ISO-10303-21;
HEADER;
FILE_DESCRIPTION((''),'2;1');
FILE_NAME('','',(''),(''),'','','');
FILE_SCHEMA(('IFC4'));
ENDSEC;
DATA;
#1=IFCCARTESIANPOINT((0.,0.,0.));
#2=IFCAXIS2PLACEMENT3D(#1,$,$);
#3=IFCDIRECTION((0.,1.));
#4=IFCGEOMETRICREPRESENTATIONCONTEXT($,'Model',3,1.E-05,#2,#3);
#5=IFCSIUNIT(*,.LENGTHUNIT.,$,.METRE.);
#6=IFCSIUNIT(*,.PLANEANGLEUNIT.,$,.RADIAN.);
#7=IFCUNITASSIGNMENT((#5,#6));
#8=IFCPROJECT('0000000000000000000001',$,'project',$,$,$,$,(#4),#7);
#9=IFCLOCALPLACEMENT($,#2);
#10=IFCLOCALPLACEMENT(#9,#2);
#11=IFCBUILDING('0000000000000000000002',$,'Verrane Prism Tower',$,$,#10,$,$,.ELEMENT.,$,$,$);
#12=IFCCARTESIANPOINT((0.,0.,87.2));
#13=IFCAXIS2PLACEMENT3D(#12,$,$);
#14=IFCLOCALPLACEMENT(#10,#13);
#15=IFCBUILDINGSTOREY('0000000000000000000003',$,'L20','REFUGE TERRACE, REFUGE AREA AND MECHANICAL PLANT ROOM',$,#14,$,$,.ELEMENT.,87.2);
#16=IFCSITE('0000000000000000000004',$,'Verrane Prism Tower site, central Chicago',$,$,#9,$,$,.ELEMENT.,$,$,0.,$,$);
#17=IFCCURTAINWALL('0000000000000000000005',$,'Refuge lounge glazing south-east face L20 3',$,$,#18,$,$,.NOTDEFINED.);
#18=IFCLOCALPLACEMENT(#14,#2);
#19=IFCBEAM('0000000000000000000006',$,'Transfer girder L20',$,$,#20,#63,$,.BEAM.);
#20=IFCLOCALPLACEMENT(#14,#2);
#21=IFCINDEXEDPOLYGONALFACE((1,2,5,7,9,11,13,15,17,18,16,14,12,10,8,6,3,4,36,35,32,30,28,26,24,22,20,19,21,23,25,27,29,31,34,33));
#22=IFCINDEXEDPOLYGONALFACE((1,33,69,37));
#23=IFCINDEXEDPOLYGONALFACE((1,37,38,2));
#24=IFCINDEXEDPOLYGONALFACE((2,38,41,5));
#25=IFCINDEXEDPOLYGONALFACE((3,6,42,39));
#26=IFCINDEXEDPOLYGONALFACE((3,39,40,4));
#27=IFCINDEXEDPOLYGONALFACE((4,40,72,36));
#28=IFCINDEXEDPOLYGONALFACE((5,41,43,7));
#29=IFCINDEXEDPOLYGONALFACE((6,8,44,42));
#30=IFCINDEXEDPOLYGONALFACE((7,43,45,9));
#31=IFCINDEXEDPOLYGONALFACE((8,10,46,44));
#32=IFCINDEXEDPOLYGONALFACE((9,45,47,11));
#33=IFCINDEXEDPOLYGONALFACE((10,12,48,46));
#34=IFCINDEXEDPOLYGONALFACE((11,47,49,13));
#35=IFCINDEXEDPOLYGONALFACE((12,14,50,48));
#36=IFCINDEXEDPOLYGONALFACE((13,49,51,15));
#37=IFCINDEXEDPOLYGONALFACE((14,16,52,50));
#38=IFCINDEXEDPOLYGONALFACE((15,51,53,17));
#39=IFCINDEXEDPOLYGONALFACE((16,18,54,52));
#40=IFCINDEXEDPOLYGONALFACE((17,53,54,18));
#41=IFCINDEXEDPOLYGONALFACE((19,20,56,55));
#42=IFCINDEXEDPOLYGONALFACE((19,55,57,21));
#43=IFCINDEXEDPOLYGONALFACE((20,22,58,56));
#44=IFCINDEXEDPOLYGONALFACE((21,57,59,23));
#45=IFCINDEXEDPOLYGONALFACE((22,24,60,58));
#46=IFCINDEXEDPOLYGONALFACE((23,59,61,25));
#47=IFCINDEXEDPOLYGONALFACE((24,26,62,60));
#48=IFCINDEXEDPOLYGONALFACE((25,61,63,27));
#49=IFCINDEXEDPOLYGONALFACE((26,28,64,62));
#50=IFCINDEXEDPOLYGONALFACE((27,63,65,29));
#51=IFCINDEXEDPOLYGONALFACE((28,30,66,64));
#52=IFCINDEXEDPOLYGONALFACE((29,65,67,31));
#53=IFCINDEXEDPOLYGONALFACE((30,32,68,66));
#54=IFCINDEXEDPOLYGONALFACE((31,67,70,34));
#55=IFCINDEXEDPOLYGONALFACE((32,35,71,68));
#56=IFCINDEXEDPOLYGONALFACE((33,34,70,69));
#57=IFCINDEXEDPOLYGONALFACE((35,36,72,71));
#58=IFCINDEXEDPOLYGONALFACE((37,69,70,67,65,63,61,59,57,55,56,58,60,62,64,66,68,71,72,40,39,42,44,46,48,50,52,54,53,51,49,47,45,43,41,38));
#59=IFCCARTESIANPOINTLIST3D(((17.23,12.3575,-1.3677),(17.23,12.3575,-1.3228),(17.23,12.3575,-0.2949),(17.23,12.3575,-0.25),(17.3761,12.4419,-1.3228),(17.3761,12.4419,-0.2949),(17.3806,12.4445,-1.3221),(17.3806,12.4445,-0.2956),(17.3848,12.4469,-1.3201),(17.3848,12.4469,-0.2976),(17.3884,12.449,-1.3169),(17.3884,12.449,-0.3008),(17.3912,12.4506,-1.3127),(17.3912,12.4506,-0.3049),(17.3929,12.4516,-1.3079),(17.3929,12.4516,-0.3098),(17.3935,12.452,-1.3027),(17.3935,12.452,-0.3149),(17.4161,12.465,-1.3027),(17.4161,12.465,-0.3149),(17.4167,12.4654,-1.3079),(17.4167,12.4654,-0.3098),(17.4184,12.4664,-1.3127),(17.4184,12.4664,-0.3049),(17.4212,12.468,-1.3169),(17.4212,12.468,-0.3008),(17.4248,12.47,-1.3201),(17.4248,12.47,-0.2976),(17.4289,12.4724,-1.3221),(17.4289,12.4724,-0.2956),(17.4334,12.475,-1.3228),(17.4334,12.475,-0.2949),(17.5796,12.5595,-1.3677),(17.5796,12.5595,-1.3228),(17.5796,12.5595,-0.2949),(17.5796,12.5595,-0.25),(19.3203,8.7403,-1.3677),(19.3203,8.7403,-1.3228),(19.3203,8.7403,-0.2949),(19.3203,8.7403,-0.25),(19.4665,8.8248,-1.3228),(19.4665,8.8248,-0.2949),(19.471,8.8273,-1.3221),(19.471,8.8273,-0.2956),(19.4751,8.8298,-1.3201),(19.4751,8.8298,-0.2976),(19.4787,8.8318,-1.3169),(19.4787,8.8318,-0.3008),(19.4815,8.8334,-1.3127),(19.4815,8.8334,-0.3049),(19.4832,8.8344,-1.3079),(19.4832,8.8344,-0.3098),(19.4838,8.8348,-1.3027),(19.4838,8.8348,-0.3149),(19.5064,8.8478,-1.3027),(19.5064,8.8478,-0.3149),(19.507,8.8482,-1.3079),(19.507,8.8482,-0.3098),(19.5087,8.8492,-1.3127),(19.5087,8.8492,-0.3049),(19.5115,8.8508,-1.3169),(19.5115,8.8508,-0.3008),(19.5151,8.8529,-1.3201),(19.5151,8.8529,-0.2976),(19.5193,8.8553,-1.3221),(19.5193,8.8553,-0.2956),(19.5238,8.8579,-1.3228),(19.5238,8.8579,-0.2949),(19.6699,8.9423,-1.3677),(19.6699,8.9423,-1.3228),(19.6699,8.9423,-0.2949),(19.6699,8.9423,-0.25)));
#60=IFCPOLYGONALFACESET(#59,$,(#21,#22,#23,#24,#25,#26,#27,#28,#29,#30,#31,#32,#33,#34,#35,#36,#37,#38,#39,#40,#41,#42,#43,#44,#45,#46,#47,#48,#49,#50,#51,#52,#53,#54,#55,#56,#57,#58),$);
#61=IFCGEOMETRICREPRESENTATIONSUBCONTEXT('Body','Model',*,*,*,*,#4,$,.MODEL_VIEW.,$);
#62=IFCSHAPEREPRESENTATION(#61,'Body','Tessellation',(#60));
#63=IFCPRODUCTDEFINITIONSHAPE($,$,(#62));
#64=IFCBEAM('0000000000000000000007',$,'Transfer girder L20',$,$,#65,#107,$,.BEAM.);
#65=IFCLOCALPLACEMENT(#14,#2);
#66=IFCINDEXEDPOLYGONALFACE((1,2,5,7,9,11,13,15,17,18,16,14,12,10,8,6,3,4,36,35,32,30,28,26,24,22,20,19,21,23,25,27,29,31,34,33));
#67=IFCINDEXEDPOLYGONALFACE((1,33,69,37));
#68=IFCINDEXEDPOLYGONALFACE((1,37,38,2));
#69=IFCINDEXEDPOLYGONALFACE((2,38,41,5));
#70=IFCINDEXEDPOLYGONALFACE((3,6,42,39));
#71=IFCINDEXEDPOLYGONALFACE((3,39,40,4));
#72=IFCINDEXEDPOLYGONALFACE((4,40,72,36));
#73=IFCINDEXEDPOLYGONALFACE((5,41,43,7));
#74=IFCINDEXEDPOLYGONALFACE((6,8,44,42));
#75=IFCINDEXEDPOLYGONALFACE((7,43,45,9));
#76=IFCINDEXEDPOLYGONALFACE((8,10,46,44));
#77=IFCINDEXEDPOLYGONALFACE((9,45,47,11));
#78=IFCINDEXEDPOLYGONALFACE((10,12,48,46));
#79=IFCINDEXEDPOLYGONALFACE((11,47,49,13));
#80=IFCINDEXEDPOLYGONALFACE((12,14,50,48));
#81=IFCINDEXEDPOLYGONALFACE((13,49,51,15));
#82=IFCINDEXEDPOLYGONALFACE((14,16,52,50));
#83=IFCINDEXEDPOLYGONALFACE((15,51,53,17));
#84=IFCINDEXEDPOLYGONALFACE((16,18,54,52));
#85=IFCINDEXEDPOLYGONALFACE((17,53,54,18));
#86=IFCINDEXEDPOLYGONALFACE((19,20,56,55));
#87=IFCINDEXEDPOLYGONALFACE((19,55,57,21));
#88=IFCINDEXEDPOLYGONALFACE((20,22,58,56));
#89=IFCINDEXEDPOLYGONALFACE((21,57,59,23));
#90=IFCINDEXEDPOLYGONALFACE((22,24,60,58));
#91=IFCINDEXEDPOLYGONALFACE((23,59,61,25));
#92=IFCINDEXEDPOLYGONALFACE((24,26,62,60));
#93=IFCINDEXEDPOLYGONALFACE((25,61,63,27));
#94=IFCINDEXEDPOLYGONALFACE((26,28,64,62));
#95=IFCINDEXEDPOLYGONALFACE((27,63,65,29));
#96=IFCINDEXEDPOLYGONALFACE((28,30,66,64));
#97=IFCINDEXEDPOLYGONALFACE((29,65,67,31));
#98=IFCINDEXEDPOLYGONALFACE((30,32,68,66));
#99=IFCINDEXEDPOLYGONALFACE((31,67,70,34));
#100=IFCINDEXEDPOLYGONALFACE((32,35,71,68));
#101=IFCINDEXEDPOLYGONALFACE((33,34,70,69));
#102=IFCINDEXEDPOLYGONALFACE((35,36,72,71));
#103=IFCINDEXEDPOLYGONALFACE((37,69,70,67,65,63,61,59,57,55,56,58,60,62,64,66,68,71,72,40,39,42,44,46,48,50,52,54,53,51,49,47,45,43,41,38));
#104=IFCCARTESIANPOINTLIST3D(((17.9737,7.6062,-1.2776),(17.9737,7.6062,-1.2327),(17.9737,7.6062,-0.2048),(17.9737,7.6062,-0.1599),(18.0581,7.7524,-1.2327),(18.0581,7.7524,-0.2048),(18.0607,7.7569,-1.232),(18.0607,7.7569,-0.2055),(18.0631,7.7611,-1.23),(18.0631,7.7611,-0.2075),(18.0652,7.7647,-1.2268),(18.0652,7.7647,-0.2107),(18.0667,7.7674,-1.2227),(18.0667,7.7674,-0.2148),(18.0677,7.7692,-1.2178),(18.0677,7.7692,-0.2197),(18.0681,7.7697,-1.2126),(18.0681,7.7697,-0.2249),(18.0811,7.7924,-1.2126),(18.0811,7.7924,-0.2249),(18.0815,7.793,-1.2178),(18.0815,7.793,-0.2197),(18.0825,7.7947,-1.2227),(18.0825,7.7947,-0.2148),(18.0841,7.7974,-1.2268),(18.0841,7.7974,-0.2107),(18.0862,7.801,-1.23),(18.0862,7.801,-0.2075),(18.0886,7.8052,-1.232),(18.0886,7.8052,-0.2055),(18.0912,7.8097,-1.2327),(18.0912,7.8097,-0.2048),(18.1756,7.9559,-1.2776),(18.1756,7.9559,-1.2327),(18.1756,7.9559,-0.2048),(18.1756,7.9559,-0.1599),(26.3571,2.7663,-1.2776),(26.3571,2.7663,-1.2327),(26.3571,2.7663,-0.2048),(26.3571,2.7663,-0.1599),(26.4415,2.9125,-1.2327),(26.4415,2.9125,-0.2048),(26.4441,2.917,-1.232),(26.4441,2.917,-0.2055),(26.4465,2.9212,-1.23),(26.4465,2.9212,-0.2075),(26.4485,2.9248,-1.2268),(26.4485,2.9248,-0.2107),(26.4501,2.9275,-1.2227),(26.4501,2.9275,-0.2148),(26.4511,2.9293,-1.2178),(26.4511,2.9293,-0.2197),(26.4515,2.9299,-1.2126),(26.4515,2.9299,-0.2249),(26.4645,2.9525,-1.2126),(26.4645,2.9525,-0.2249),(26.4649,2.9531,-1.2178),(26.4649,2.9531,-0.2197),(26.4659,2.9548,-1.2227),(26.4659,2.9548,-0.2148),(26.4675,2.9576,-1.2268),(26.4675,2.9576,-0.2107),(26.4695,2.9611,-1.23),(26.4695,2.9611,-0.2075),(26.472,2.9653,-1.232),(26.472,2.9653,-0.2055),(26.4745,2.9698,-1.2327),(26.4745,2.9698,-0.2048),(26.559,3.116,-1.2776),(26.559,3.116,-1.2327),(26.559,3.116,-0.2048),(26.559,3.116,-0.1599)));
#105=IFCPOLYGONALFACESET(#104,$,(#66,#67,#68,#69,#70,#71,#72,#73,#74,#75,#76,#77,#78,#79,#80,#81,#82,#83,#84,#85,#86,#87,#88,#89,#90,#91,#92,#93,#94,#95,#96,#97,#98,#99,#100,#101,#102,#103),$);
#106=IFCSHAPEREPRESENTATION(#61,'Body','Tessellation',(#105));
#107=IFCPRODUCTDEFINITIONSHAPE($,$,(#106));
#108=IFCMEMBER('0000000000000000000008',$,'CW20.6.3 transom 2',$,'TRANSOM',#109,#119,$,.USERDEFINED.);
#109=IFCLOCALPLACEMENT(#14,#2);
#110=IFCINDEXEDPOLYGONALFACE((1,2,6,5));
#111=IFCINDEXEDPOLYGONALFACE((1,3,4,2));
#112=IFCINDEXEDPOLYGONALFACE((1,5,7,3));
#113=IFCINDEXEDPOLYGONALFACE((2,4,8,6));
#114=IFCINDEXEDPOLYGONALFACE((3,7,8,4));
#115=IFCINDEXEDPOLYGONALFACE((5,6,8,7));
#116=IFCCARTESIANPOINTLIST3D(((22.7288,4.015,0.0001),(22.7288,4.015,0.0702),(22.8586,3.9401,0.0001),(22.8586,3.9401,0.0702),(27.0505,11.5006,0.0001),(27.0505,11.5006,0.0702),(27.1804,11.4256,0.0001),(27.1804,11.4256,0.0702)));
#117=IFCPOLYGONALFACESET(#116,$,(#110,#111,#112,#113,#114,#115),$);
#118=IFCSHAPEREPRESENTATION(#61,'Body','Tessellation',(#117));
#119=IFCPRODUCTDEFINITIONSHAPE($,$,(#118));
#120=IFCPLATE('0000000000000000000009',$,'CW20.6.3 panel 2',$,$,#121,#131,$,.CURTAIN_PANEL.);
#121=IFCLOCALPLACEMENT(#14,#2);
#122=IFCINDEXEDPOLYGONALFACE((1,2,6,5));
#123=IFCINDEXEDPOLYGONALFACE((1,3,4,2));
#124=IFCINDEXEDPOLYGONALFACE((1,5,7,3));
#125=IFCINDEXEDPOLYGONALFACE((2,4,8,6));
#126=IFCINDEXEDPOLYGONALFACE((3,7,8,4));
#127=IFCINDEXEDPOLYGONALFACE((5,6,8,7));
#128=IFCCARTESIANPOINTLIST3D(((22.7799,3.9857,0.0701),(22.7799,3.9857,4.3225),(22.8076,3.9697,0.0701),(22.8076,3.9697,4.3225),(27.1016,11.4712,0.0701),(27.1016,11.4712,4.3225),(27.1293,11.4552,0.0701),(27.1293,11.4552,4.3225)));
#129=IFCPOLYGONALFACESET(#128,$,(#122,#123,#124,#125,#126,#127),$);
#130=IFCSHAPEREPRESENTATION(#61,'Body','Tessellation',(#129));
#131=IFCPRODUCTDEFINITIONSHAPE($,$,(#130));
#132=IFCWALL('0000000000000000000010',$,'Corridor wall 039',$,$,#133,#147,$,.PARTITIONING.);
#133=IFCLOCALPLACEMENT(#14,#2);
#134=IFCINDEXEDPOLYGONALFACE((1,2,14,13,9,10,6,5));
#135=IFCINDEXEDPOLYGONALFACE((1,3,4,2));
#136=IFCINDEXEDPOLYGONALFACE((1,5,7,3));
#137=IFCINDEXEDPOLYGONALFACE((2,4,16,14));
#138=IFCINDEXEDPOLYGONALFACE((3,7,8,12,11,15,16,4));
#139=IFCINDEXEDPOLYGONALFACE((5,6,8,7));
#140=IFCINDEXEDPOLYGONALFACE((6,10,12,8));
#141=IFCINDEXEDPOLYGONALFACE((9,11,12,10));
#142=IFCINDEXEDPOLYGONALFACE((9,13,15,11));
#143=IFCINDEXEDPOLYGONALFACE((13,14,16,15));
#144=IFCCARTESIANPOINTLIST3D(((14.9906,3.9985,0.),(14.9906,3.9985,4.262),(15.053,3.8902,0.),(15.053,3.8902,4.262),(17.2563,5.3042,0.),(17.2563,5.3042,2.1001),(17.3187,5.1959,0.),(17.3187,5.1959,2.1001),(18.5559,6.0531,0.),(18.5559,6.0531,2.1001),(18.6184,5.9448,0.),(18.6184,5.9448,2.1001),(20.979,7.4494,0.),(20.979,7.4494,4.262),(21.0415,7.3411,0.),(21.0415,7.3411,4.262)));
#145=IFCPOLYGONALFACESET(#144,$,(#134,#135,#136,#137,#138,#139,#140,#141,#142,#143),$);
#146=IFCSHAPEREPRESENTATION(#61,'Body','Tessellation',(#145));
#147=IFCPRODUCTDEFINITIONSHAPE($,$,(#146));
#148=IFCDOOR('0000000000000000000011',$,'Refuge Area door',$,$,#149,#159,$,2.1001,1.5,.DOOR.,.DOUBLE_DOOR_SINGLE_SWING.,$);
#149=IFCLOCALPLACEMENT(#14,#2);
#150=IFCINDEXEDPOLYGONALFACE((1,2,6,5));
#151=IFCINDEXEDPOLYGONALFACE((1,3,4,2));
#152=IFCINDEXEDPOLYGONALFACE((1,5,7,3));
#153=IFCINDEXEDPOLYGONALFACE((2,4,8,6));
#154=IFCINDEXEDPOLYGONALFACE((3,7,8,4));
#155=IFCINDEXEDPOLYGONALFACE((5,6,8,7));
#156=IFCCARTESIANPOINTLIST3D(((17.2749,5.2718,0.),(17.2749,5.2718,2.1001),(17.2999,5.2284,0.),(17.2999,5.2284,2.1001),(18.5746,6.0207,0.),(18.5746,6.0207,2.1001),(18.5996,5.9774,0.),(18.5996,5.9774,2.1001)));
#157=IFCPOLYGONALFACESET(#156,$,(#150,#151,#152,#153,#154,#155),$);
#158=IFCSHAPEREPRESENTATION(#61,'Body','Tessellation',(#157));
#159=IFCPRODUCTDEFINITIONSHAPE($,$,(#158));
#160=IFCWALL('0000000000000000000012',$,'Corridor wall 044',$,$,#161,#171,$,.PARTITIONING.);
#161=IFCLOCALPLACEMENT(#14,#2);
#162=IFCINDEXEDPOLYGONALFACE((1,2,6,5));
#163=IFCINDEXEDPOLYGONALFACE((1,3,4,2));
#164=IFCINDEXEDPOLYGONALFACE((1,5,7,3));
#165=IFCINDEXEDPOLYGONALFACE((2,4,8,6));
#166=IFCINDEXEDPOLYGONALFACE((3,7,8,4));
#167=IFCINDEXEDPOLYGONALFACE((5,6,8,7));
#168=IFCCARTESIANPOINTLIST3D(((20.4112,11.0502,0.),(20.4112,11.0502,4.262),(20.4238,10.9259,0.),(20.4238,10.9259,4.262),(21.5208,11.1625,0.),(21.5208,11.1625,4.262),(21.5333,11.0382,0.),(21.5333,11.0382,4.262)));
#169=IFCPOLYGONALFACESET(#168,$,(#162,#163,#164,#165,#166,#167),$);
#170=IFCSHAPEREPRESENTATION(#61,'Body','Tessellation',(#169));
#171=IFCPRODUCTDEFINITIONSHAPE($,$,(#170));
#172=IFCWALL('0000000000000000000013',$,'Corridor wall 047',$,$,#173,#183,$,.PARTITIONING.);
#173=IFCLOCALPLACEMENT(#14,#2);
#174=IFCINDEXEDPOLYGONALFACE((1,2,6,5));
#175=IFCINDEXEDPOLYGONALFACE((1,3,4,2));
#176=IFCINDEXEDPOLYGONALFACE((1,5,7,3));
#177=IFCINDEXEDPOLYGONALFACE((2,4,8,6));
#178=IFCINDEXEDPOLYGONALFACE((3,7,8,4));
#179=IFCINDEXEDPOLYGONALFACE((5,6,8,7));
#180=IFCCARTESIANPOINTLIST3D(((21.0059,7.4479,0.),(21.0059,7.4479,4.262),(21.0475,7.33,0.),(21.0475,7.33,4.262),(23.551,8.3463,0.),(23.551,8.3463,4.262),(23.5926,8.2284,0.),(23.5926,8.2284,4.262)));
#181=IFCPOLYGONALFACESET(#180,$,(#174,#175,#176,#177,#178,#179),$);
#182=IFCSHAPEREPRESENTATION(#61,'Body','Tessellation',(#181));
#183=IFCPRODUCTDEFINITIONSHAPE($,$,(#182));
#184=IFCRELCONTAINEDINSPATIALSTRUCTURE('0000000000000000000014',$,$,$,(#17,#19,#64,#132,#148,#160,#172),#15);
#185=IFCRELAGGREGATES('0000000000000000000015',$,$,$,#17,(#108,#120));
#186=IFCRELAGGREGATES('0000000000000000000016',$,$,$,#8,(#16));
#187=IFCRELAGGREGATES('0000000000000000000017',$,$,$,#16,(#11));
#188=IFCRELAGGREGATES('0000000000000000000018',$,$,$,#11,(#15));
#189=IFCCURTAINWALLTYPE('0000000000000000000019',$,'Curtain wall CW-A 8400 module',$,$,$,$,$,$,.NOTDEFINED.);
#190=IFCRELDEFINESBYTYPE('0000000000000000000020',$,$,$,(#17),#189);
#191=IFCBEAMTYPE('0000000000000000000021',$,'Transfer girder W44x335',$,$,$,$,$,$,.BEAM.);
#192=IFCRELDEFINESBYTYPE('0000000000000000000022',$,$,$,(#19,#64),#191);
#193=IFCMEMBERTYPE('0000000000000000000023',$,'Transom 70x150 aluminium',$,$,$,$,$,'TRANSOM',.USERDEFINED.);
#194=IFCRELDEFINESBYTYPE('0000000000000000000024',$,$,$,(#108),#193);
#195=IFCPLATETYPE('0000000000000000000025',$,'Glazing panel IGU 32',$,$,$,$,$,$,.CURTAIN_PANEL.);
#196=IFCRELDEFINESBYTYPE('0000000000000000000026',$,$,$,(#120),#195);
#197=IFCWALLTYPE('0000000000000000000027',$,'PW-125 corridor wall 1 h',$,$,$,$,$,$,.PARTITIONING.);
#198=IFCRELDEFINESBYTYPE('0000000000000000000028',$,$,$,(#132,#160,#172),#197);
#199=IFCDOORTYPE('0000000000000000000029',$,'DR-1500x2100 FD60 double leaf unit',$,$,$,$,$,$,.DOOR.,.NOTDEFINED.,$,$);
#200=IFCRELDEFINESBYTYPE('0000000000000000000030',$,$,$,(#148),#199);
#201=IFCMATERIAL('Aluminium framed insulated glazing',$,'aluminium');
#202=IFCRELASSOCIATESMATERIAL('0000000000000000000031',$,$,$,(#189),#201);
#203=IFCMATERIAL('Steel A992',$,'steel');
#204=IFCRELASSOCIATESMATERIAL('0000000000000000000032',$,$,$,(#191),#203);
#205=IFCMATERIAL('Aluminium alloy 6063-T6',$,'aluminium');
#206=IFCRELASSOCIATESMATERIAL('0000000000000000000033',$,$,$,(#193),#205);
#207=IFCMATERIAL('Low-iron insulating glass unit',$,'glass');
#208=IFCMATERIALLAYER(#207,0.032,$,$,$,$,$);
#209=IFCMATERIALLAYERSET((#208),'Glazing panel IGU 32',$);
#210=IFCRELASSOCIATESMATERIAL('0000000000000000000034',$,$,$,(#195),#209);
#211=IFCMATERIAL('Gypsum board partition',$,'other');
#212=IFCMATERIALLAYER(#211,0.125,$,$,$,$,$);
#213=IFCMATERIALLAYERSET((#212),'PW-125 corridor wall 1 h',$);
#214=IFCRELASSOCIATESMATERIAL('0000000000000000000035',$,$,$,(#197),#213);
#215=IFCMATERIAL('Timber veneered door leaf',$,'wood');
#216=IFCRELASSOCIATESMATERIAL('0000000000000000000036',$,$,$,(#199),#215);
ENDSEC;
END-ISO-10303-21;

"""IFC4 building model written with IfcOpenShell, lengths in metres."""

from ifc_helpers import new_model, si_unit, direction, frame, frame_2d, origin, origin_2d, place, context, subcontext, project, spatial, rectangle, i_section, extrude, material, layer, layer_set, material_profile, profile_set, type_object, element, fill, aggregate, save


model = new_model("IFC4")

# Units and contexts
model_context = context("Model", 3, precision=1e-05, world=origin(), true_north=direction((0.0, 1.0)))
body_context = subcontext(model_context, "Body", "Model", "MODEL_VIEW")
ifc_project = project(units=[si_unit("LENGTHUNIT", "METRE"), si_unit("PLANEANGLEUNIT", "RADIAN")], contexts=[model_context])

# Site, building, storey
site_placement = place(None, origin())
site = spatial("IfcSite", under=ifc_project, at=site_placement, Name="Verrane Prism Tower site, central Chicago", CompositionType="ELEMENT", RefElevation=0.0)
building_placement = place(site_placement, origin())
building = spatial("IfcBuilding", under=site, at=building_placement, Name="Verrane Prism Tower", CompositionType="ELEMENT")
storey_placement = place(building_placement, frame((0.0, 0.0, 87.2)))
storey = spatial("IfcBuildingStorey", under=building, at=storey_placement, Name="L20", Description="REFUGE TERRACE, REFUGE AREA AND MECHANICAL PLANT ROOM", CompositionType="ELEMENT", Elevation=87.2)

# Curtain wall
ifc_material_1 = material(Name="Aluminium framed insulated glazing", Category="aluminium")
curtain_wall_type = type_object("IfcCurtainWallType", Name="Curtain wall CW-A 8400 module", PredefinedType="NOTDEFINED", material=ifc_material_1)
curtain_wall_placement = place(storey_placement, origin())
curtain_wall = element("IfcCurtainWall", 1, at=curtain_wall_placement, inside=storey, type_object=curtain_wall_type, Name="Refuge lounge glazing south-east face L20 3", PredefinedType="NOTDEFINED")

# Beams
ifc_material_2 = material(Name="Steel A992", Category="steel")
ifc_material_profile_1 = material_profile(ifc_material_2, i_section(OverallWidth=0.4038, OverallDepth=1.1177, WebThickness=0.0261, FlangeThickness=0.0449, FilletRadius=0.02, at=origin_2d()), Name="W44x335")
ifc_profile_set_1 = profile_set([ifc_material_profile_1], Name="Steel A992")
beam_type_1 = type_object("IfcBeamType", Name="Transfer girder W44x335", PredefinedType="BEAM", material=ifc_profile_set_1)
beam_1_placement = place(storey_placement, frame((19.4951, 8.8413, -0.8088), z_axis=(-0.50035, 0.865823, 0.0), x_axis=(-0.865823, -0.50035, 0.0)))
element("IfcBeam", 2, at=beam_1_placement, inside=storey, type_object=beam_type_1, Name="Transfer girder L20", PredefinedType="BEAM", context=body_context, shape_type="SweptSolid", body=[
    extrude(i_section(OverallWidth=0.4038, OverallDepth=1.1177, WebThickness=0.0261, FlangeThickness=0.0449, FilletRadius=0.02, at=origin_2d()), origin(), (0.0, 0.0, 1.0), 4.1777),
])
beam_2_placement = place(storey_placement, frame((26.458, 2.9412, -0.7188), z_axis=(-0.866037, 0.49998, 0.0), x_axis=(-0.49998, -0.866037, 0.0)))
element("IfcBeam", 3, at=beam_2_placement, inside=storey, type_object=beam_type_1, Name="Transfer girder L20", PredefinedType="BEAM", context=body_context, shape_type="SweptSolid", body=[
    extrude(i_section(OverallWidth=0.4038, OverallDepth=1.1177, WebThickness=0.0261, FlangeThickness=0.0449, FilletRadius=0.02, at=origin_2d()), origin(), (0.0, 0.0, 1.0), 9.6802),
])

# Member
ifc_material_3 = material(Name="Aluminium alloy 6063-T6", Category="aluminium")
ifc_material_profile_2 = material_profile(ifc_material_3, rectangle(XDim=0.1499, YDim=0.0701, at=origin_2d()), Name="Transom 70x150 aluminium")
ifc_profile_set_2 = profile_set([ifc_material_profile_2], Name="Aluminium alloy 6063-T6")
member_type_1 = type_object("IfcMemberType", Name="Transom 70x150 aluminium", ElementType="TRANSOM", PredefinedType="USERDEFINED", material=ifc_profile_set_2)
member_1_placement = place(storey_placement, frame((22.7937, 3.9775, 0.0352), z_axis=(0.499997, 0.866027, 0.0), x_axis=(-0.866027, 0.499997, 0.0)))
member_1 = element("IfcMember", 4, at=member_1_placement, type_object=member_type_1, Name="CW20.6.3 transom 2", ObjectType="TRANSOM", PredefinedType="USERDEFINED", context=body_context, shape_type="SweptSolid", body=[
    extrude(rectangle(XDim=0.1499, YDim=0.0701, at=origin_2d()), origin(), (0.0, 0.0, 1.0), 8.6436),
])

# Plate
ifc_material_4 = material(Name="Low-iron insulating glass unit", Category="glass")
ifc_layer_1 = layer(ifc_material_4, 0.032)
ifc_layer_set_1 = layer_set([ifc_layer_1], Name="Glazing panel IGU 32")
plate_type = type_object("IfcPlateType", Name="Glazing panel IGU 32", PredefinedType="CURTAIN_PANEL", material=ifc_layer_set_1)
plate_placement = place(storey_placement, frame((24.9546, 7.7205, 0.0701), z_axis=(0.0, 0.0, 1.0), x_axis=(0.499998, 0.866027, 0.0)))
plate = element("IfcPlate", 5, at=plate_placement, type_object=plate_type, Name="CW20.6.3 panel 2", PredefinedType="CURTAIN_PANEL", context=body_context, shape_type="SweptSolid", body=[
    extrude(rectangle(XDim=8.6436, YDim=0.032, at=origin_2d()), origin(), (0.0, 0.0, 1.0), 4.2524),
])
aggregate(curtain_wall, [member_1, plate])

# Wall, opening, door
ifc_material_5 = material(Name="Gypsum board partition", Category="other")
ifc_layer_2 = layer(ifc_material_5, 0.125)
ifc_layer_set_2 = layer_set([ifc_layer_2], Name="PW-125 corridor wall 1 h")
wall_type_1 = type_object("IfcWallType", Name="PW-125 corridor wall 1 h", PredefinedType="PARTITIONING", material=ifc_layer_set_2)
wall_1_placement = place(storey_placement, frame((21.0103, 7.3953, 0.0), z_axis=(0.0, 0.0, 1.0), x_axis=(-0.866435, -0.499289, 0.0)))
wall_1 = element("IfcWall", 6, at=wall_1_placement, inside=storey, type_object=wall_type_1, Name="Corridor wall 039", PredefinedType="PARTITIONING", context=body_context, shape_type="SweptSolid", body=[
    extrude(rectangle(XDim=6.9116, YDim=0.125, at=frame_2d((3.4558, 0.0))), origin(), (0.0, 0.0, 1.0), 4.262),
])
opening_placement = place(wall_1_placement, frame((2.7966, 0.0, 0.0)))
opening = element("IfcOpeningElement", 7, at=opening_placement, cuts=wall_1, PredefinedType="OPENING", context=body_context, shape_type="SweptSolid", body=[
    extrude(rectangle(XDim=1.5, YDim=2.1001, at=frame_2d((0.75, 1.05))), frame((0.0, 0.0725, 0.0), z_axis=(0.0, -1.0, 0.0), x_axis=(1.0, 0.0, 0.0)), (0.0, 0.0, 1.0), 0.145),
])
ifc_material_6 = material(Name="Timber veneered door leaf", Category="wood")
door_type = type_object("IfcDoorType", Name="DR-1500x2100 FD60 double leaf unit", OperationType="NOTDEFINED", PredefinedType="DOOR", material=ifc_material_6)
door_placement = place(opening_placement, origin())
door = element("IfcDoor", 8, at=door_placement, inside=storey, type_object=door_type, Name="Refuge Area door", OperationType="DOUBLE_DOOR_SINGLE_SWING", OverallHeight=2.1001, OverallWidth=1.5, PredefinedType="DOOR", context=body_context, shape_type="SweptSolid", body=[
    extrude(rectangle(XDim=1.5, YDim=2.1001, at=frame_2d((0.75, 1.05))), frame((0.0, 0.0249, 0.0), z_axis=(0.0, -1.0, 0.0), x_axis=(1.0, 0.0, 0.0)), (0.0, 0.0, 1.0), 0.05),
])
fill(opening, door)

# Walls
wall_2_placement = place(storey_placement, frame((20.4175, 10.988, 0.0), z_axis=(0.0, 0.0, 1.0), x_axis=(0.994917, 0.100696, 0.0)))
element("IfcWall", 9, at=wall_2_placement, inside=storey, type_object=wall_type_1, Name="Corridor wall 044", PredefinedType="PARTITIONING", context=body_context, shape_type="SweptSolid", body=[
    extrude(rectangle(XDim=1.1152, YDim=0.125, at=frame_2d((0.5576, 0.0))), origin(), (0.0, 0.0, 1.0), 4.262),
])
wall_3_placement = place(storey_placement, frame((21.0266, 7.3889, 0.0), z_axis=(0.0, 0.0, 1.0), x_axis=(0.942974, 0.332867, 0.0)))
element("IfcWall", 10, at=wall_3_placement, inside=storey, type_object=wall_type_1, Name="Corridor wall 047", PredefinedType="PARTITIONING", context=body_context, shape_type="SweptSolid", body=[
    extrude(rectangle(XDim=2.699, YDim=0.125, at=frame_2d((1.3496, 0.0))), origin(), (0.0, 0.0, 1.0), 4.262),
])

save(model, "model.ifc")
